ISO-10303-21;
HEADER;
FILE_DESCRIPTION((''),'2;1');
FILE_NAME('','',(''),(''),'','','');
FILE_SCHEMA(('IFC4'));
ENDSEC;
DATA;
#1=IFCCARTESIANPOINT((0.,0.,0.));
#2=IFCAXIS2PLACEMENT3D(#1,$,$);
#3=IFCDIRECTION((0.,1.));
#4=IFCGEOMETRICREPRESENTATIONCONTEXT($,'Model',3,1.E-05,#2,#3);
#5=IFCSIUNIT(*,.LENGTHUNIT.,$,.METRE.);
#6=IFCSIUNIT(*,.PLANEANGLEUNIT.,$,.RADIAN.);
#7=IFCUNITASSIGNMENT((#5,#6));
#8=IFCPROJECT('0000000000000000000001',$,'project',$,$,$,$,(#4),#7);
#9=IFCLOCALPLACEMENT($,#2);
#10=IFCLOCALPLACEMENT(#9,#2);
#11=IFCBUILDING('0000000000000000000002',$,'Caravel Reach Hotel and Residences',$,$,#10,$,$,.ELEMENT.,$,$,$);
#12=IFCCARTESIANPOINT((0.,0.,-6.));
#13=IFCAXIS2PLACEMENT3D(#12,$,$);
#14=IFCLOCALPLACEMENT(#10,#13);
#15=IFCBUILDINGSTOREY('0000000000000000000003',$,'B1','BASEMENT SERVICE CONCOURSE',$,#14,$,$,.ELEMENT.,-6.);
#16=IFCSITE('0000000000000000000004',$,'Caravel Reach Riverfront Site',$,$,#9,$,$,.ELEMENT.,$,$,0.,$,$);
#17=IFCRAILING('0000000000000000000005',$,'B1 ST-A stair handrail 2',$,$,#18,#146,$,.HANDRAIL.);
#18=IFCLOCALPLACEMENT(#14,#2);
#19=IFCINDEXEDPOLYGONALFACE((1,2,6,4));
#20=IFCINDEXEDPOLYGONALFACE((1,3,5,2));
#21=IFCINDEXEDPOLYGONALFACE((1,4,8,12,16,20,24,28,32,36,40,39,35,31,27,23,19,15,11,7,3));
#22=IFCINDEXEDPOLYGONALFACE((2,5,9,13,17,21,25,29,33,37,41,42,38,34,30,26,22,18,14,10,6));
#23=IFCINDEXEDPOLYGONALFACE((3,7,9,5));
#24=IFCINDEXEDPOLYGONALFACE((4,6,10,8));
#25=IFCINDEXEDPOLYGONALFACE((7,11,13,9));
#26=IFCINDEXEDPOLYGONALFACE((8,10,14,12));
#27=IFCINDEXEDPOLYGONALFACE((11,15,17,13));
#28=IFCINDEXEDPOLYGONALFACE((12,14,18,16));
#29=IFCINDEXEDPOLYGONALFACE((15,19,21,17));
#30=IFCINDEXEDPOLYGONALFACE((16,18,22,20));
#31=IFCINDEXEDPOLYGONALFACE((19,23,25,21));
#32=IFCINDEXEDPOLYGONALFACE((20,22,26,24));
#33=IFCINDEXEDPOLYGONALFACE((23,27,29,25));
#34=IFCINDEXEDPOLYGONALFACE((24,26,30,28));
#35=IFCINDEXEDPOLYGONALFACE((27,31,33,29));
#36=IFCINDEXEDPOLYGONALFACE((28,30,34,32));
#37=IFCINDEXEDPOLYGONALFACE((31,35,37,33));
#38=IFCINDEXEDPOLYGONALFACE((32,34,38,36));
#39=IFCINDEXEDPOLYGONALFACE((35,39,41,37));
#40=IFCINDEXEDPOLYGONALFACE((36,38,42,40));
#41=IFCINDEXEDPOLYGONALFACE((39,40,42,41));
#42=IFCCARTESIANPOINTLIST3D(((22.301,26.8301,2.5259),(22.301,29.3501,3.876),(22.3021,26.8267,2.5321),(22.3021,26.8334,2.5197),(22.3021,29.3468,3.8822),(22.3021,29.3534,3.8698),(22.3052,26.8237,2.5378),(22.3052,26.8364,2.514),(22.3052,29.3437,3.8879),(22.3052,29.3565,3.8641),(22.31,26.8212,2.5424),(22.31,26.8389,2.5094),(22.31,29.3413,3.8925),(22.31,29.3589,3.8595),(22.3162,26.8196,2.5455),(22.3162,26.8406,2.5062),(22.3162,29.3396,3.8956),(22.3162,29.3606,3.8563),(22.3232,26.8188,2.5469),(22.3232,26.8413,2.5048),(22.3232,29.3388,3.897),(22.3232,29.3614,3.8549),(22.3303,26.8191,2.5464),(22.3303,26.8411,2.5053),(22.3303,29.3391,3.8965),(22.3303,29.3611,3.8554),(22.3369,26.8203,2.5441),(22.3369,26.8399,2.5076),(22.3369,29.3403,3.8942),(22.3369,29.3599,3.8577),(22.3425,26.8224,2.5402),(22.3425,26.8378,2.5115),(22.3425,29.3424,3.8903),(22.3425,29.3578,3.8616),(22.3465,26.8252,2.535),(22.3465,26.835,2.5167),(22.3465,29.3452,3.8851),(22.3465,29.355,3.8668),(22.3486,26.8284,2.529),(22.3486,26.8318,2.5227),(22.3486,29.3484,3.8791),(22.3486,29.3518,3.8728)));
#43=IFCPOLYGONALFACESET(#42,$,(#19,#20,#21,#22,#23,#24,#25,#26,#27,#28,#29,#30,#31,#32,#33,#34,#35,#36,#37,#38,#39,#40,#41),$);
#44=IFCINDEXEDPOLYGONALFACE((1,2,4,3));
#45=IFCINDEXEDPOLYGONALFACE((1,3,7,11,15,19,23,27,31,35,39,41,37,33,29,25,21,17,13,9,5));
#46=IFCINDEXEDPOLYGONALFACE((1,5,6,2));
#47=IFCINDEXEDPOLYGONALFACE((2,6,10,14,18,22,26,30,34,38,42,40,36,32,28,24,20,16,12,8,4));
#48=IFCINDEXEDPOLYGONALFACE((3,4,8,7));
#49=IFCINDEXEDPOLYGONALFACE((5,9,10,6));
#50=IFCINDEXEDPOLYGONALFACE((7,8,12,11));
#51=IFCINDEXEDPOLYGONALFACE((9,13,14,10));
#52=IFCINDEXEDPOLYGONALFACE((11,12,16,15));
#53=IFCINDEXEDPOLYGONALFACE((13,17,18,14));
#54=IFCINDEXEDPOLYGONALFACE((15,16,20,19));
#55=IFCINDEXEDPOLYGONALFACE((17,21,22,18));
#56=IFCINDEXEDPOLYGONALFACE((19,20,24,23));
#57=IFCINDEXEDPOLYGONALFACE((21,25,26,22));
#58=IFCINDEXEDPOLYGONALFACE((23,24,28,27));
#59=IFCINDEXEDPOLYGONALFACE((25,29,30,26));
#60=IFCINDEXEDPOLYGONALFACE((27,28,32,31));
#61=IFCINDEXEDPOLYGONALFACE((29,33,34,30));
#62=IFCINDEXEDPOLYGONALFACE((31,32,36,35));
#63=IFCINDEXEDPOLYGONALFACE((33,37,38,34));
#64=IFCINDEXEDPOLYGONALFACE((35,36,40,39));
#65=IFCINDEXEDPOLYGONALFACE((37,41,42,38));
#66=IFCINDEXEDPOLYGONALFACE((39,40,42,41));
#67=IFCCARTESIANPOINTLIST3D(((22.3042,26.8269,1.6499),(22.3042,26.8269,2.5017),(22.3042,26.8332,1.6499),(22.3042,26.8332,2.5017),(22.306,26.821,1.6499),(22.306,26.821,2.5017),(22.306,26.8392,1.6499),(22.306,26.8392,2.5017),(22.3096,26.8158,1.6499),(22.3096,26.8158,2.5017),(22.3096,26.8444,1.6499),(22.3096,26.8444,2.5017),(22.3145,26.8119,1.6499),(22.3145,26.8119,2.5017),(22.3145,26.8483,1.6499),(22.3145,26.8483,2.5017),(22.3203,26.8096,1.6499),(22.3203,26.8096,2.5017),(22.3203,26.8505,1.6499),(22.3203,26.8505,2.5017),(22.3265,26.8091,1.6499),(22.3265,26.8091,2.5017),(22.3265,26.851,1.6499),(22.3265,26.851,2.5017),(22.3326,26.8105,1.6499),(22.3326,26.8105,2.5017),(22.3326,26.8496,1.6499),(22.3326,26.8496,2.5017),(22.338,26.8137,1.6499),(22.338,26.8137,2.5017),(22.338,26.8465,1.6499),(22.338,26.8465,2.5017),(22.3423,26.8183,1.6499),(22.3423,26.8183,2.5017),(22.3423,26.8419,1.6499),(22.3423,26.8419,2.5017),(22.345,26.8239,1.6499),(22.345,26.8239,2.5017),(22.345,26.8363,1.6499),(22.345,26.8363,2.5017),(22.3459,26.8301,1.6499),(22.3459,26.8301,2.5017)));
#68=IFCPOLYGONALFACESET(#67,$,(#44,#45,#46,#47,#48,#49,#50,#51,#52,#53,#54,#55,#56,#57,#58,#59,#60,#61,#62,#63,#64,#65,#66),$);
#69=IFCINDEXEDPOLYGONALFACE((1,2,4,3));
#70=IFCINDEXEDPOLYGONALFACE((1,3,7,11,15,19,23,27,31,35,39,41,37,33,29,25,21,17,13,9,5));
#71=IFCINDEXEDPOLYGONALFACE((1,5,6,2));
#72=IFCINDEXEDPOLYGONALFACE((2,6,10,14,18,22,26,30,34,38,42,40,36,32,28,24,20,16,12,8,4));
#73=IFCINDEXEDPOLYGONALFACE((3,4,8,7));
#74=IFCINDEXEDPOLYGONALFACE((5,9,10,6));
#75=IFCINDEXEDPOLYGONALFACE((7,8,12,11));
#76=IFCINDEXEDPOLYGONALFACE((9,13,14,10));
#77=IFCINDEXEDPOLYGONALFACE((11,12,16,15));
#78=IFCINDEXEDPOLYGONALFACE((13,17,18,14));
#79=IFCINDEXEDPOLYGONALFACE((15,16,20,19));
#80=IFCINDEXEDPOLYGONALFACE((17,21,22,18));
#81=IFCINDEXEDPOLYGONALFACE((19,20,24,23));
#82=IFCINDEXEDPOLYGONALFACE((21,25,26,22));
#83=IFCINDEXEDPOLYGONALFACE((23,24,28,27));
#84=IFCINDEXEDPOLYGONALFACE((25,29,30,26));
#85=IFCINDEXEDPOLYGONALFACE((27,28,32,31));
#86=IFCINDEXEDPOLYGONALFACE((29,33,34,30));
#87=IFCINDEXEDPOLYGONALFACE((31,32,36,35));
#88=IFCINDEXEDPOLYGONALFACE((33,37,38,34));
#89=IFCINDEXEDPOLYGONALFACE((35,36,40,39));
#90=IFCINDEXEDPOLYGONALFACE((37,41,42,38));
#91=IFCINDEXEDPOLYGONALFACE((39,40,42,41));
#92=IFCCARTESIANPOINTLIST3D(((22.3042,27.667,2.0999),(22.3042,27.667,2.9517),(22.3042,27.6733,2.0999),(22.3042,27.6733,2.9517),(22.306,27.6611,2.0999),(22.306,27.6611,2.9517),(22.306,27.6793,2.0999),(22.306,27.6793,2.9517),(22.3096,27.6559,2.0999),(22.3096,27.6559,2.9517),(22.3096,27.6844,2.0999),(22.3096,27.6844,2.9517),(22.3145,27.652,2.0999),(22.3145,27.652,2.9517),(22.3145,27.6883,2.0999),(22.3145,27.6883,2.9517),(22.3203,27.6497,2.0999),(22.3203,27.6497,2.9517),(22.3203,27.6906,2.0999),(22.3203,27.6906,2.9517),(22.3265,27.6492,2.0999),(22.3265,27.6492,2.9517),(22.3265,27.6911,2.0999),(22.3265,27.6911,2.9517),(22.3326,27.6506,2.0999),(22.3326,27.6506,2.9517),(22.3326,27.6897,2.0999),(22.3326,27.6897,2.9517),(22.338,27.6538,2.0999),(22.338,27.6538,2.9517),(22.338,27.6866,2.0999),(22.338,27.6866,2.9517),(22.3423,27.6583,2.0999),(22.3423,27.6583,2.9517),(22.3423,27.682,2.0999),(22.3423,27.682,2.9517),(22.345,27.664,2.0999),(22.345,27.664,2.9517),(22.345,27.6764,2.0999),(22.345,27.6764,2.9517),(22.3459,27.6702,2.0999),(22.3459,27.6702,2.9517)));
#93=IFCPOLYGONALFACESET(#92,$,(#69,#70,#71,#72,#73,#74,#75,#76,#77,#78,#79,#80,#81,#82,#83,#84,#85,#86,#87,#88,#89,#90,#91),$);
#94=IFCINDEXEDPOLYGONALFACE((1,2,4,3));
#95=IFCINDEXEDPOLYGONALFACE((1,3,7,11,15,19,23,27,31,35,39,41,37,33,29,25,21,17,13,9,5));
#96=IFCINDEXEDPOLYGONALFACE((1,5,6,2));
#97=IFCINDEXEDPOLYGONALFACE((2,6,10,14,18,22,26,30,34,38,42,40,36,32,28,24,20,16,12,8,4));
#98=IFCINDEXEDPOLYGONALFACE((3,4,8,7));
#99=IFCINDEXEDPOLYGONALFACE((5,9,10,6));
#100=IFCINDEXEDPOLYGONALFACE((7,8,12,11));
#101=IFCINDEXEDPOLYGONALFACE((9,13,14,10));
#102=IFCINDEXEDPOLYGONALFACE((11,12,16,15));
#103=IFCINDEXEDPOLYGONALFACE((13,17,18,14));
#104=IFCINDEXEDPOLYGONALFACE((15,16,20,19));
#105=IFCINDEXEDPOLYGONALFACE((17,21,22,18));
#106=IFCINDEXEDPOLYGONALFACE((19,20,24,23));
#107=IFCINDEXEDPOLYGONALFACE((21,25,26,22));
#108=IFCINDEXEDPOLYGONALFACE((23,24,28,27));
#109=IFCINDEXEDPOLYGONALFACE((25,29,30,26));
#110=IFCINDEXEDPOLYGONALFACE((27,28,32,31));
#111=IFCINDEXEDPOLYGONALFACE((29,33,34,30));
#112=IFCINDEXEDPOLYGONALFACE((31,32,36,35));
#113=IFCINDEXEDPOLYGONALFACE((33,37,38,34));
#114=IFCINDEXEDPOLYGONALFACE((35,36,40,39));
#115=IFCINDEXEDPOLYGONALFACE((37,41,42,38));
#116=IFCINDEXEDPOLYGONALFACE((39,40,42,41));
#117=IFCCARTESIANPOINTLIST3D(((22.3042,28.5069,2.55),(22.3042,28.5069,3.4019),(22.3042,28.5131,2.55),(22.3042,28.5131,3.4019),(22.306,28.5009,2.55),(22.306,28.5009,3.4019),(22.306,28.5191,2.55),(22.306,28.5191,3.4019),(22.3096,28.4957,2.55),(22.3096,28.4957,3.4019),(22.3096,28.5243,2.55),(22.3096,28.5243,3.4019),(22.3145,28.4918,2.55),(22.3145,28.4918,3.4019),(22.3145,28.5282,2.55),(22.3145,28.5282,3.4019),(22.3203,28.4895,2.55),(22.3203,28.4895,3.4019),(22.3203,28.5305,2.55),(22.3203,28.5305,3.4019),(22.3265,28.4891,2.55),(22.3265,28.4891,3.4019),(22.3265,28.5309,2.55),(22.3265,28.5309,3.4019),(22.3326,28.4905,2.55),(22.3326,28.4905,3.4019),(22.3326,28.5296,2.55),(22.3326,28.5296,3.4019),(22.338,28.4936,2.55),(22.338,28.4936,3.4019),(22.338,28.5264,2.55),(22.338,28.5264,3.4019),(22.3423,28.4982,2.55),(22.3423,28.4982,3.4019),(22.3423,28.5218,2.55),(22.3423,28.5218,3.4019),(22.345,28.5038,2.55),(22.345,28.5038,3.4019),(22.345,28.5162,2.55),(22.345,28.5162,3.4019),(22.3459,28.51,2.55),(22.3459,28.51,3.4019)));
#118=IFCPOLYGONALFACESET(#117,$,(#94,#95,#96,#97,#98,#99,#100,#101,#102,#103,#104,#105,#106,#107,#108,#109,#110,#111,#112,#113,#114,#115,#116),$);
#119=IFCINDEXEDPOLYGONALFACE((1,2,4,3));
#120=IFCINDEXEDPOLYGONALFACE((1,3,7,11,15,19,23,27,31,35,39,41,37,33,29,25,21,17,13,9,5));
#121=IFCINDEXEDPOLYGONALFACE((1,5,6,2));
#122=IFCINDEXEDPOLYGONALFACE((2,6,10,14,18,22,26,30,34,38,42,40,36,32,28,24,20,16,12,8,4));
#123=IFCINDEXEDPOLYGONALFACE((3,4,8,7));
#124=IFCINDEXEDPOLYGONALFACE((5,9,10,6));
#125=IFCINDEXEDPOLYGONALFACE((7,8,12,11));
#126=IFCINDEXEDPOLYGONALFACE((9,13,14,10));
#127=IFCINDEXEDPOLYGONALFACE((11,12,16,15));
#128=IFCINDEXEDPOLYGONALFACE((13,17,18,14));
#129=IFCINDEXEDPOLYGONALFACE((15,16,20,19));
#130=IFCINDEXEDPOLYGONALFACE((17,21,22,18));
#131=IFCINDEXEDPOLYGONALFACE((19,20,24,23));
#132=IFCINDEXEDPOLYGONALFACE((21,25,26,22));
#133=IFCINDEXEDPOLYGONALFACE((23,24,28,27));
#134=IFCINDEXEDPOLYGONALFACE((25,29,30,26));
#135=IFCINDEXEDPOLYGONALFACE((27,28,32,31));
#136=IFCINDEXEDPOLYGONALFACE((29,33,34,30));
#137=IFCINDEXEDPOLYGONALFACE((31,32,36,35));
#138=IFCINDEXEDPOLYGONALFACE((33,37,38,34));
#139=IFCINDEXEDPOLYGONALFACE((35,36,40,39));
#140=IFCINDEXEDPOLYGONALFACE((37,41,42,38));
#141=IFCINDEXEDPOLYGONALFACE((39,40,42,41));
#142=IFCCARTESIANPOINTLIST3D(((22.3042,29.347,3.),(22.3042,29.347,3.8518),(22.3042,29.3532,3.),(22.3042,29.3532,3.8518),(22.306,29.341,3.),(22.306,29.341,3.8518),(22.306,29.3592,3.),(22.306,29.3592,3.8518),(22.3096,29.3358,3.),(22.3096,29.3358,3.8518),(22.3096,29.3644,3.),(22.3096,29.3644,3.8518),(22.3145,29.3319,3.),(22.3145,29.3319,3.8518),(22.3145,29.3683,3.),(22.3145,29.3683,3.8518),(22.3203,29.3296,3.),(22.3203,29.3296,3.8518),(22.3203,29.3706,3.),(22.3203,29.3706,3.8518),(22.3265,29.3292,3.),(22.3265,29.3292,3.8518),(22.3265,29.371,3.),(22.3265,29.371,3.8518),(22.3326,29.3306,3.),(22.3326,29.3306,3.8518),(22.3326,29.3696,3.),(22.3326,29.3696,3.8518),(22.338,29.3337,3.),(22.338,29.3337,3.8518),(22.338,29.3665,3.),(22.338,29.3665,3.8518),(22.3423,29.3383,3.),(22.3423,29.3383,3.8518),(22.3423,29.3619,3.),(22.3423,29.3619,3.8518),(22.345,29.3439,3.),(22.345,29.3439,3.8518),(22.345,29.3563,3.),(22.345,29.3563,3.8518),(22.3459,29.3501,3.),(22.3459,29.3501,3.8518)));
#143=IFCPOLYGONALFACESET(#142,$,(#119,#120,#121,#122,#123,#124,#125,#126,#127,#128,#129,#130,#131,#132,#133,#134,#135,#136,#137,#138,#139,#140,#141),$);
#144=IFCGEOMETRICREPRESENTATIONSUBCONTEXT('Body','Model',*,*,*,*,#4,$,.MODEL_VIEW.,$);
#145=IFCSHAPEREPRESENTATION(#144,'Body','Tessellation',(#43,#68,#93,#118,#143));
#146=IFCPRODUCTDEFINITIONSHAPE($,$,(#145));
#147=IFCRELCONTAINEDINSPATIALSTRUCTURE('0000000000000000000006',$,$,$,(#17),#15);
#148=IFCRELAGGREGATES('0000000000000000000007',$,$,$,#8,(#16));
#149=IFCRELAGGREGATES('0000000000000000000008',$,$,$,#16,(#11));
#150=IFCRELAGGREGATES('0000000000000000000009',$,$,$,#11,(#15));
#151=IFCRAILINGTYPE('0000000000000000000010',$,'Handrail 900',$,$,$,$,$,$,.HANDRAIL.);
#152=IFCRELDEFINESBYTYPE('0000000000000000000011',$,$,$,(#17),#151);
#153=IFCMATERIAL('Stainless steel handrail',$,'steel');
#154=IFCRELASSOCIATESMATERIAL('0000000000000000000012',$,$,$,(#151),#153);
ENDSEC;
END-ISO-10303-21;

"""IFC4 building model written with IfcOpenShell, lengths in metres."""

from ifc_helpers import new_model, si_unit, direction, frame, origin, origin_2d, place, context, subcontext, project, spatial, circle, extrude, material, type_object, element, save


model = new_model("IFC4")

# Units and contexts
model_context = context("Model", 3, precision=1e-05, world=origin(), true_north=direction((0.0, 1.0)))
body_context = subcontext(model_context, "Body", "Model", "MODEL_VIEW")
ifc_project = project(units=[si_unit("LENGTHUNIT", "METRE"), si_unit("PLANEANGLEUNIT", "RADIAN")], contexts=[model_context])

# Site, building, storey
site_placement = place(None, origin())
site = spatial("IfcSite", under=ifc_project, at=site_placement, Name="Caravel Reach Riverfront Site", CompositionType="ELEMENT", RefElevation=0.0)
building_placement = place(site_placement, origin())
building = spatial("IfcBuilding", under=site, at=building_placement, Name="Caravel Reach Hotel and Residences", CompositionType="ELEMENT")
storey_placement = place(building_placement, frame((0.0, 0.0, -6.0)))
storey = spatial("IfcBuildingStorey", under=building, at=storey_placement, Name="B1", Description="BASEMENT SERVICE CONCOURSE", CompositionType="ELEMENT", Elevation=-6.0)

# Railing
ifc_material_1 = material(Name="Stainless steel handrail", Category="steel")
railing_type_1 = type_object("IfcRailingType", Name="Handrail 900", PredefinedType="HANDRAIL", material=ifc_material_1)
for number, where, name in (
    (1, (22.325, 26.8301, 1.6499), "B1 ST-A stair handrail 2"),
):
    element("IfcRailing", number, at=place(storey_placement, frame(where)), inside=storey, type_object=railing_type_1, Name=name, PredefinedType="HANDRAIL", context=body_context, shape_type="SweptSolid", body=[
        extrude(circle(Radius=0.0239, at=origin_2d()), frame((0.0, 0.0, 0.876), z_axis=(0.0, 0.881467, 0.472245), x_axis=(-1.0, 0.0, 0.0)), (0.0, 0.0, 1.0), 2.8589),
        extrude(circle(Radius=0.021, at=origin_2d()), origin(), (0.0, 0.0, 1.0), 0.8518),
        extrude(circle(Radius=0.021, at=origin_2d()), frame((0.0, 0.8401, 0.45)), (0.0, 0.0, 1.0), 0.8518),
        extrude(circle(Radius=0.021, at=origin_2d()), frame((0.0, 1.6799, 0.9001)), (0.0, 0.0, 1.0), 0.8518),
        extrude(circle(Radius=0.021, at=origin_2d()), frame((0.0, 2.52, 1.3501)), (0.0, 0.0, 1.0), 0.8518),
    ])

save(model, "model.ifc")
